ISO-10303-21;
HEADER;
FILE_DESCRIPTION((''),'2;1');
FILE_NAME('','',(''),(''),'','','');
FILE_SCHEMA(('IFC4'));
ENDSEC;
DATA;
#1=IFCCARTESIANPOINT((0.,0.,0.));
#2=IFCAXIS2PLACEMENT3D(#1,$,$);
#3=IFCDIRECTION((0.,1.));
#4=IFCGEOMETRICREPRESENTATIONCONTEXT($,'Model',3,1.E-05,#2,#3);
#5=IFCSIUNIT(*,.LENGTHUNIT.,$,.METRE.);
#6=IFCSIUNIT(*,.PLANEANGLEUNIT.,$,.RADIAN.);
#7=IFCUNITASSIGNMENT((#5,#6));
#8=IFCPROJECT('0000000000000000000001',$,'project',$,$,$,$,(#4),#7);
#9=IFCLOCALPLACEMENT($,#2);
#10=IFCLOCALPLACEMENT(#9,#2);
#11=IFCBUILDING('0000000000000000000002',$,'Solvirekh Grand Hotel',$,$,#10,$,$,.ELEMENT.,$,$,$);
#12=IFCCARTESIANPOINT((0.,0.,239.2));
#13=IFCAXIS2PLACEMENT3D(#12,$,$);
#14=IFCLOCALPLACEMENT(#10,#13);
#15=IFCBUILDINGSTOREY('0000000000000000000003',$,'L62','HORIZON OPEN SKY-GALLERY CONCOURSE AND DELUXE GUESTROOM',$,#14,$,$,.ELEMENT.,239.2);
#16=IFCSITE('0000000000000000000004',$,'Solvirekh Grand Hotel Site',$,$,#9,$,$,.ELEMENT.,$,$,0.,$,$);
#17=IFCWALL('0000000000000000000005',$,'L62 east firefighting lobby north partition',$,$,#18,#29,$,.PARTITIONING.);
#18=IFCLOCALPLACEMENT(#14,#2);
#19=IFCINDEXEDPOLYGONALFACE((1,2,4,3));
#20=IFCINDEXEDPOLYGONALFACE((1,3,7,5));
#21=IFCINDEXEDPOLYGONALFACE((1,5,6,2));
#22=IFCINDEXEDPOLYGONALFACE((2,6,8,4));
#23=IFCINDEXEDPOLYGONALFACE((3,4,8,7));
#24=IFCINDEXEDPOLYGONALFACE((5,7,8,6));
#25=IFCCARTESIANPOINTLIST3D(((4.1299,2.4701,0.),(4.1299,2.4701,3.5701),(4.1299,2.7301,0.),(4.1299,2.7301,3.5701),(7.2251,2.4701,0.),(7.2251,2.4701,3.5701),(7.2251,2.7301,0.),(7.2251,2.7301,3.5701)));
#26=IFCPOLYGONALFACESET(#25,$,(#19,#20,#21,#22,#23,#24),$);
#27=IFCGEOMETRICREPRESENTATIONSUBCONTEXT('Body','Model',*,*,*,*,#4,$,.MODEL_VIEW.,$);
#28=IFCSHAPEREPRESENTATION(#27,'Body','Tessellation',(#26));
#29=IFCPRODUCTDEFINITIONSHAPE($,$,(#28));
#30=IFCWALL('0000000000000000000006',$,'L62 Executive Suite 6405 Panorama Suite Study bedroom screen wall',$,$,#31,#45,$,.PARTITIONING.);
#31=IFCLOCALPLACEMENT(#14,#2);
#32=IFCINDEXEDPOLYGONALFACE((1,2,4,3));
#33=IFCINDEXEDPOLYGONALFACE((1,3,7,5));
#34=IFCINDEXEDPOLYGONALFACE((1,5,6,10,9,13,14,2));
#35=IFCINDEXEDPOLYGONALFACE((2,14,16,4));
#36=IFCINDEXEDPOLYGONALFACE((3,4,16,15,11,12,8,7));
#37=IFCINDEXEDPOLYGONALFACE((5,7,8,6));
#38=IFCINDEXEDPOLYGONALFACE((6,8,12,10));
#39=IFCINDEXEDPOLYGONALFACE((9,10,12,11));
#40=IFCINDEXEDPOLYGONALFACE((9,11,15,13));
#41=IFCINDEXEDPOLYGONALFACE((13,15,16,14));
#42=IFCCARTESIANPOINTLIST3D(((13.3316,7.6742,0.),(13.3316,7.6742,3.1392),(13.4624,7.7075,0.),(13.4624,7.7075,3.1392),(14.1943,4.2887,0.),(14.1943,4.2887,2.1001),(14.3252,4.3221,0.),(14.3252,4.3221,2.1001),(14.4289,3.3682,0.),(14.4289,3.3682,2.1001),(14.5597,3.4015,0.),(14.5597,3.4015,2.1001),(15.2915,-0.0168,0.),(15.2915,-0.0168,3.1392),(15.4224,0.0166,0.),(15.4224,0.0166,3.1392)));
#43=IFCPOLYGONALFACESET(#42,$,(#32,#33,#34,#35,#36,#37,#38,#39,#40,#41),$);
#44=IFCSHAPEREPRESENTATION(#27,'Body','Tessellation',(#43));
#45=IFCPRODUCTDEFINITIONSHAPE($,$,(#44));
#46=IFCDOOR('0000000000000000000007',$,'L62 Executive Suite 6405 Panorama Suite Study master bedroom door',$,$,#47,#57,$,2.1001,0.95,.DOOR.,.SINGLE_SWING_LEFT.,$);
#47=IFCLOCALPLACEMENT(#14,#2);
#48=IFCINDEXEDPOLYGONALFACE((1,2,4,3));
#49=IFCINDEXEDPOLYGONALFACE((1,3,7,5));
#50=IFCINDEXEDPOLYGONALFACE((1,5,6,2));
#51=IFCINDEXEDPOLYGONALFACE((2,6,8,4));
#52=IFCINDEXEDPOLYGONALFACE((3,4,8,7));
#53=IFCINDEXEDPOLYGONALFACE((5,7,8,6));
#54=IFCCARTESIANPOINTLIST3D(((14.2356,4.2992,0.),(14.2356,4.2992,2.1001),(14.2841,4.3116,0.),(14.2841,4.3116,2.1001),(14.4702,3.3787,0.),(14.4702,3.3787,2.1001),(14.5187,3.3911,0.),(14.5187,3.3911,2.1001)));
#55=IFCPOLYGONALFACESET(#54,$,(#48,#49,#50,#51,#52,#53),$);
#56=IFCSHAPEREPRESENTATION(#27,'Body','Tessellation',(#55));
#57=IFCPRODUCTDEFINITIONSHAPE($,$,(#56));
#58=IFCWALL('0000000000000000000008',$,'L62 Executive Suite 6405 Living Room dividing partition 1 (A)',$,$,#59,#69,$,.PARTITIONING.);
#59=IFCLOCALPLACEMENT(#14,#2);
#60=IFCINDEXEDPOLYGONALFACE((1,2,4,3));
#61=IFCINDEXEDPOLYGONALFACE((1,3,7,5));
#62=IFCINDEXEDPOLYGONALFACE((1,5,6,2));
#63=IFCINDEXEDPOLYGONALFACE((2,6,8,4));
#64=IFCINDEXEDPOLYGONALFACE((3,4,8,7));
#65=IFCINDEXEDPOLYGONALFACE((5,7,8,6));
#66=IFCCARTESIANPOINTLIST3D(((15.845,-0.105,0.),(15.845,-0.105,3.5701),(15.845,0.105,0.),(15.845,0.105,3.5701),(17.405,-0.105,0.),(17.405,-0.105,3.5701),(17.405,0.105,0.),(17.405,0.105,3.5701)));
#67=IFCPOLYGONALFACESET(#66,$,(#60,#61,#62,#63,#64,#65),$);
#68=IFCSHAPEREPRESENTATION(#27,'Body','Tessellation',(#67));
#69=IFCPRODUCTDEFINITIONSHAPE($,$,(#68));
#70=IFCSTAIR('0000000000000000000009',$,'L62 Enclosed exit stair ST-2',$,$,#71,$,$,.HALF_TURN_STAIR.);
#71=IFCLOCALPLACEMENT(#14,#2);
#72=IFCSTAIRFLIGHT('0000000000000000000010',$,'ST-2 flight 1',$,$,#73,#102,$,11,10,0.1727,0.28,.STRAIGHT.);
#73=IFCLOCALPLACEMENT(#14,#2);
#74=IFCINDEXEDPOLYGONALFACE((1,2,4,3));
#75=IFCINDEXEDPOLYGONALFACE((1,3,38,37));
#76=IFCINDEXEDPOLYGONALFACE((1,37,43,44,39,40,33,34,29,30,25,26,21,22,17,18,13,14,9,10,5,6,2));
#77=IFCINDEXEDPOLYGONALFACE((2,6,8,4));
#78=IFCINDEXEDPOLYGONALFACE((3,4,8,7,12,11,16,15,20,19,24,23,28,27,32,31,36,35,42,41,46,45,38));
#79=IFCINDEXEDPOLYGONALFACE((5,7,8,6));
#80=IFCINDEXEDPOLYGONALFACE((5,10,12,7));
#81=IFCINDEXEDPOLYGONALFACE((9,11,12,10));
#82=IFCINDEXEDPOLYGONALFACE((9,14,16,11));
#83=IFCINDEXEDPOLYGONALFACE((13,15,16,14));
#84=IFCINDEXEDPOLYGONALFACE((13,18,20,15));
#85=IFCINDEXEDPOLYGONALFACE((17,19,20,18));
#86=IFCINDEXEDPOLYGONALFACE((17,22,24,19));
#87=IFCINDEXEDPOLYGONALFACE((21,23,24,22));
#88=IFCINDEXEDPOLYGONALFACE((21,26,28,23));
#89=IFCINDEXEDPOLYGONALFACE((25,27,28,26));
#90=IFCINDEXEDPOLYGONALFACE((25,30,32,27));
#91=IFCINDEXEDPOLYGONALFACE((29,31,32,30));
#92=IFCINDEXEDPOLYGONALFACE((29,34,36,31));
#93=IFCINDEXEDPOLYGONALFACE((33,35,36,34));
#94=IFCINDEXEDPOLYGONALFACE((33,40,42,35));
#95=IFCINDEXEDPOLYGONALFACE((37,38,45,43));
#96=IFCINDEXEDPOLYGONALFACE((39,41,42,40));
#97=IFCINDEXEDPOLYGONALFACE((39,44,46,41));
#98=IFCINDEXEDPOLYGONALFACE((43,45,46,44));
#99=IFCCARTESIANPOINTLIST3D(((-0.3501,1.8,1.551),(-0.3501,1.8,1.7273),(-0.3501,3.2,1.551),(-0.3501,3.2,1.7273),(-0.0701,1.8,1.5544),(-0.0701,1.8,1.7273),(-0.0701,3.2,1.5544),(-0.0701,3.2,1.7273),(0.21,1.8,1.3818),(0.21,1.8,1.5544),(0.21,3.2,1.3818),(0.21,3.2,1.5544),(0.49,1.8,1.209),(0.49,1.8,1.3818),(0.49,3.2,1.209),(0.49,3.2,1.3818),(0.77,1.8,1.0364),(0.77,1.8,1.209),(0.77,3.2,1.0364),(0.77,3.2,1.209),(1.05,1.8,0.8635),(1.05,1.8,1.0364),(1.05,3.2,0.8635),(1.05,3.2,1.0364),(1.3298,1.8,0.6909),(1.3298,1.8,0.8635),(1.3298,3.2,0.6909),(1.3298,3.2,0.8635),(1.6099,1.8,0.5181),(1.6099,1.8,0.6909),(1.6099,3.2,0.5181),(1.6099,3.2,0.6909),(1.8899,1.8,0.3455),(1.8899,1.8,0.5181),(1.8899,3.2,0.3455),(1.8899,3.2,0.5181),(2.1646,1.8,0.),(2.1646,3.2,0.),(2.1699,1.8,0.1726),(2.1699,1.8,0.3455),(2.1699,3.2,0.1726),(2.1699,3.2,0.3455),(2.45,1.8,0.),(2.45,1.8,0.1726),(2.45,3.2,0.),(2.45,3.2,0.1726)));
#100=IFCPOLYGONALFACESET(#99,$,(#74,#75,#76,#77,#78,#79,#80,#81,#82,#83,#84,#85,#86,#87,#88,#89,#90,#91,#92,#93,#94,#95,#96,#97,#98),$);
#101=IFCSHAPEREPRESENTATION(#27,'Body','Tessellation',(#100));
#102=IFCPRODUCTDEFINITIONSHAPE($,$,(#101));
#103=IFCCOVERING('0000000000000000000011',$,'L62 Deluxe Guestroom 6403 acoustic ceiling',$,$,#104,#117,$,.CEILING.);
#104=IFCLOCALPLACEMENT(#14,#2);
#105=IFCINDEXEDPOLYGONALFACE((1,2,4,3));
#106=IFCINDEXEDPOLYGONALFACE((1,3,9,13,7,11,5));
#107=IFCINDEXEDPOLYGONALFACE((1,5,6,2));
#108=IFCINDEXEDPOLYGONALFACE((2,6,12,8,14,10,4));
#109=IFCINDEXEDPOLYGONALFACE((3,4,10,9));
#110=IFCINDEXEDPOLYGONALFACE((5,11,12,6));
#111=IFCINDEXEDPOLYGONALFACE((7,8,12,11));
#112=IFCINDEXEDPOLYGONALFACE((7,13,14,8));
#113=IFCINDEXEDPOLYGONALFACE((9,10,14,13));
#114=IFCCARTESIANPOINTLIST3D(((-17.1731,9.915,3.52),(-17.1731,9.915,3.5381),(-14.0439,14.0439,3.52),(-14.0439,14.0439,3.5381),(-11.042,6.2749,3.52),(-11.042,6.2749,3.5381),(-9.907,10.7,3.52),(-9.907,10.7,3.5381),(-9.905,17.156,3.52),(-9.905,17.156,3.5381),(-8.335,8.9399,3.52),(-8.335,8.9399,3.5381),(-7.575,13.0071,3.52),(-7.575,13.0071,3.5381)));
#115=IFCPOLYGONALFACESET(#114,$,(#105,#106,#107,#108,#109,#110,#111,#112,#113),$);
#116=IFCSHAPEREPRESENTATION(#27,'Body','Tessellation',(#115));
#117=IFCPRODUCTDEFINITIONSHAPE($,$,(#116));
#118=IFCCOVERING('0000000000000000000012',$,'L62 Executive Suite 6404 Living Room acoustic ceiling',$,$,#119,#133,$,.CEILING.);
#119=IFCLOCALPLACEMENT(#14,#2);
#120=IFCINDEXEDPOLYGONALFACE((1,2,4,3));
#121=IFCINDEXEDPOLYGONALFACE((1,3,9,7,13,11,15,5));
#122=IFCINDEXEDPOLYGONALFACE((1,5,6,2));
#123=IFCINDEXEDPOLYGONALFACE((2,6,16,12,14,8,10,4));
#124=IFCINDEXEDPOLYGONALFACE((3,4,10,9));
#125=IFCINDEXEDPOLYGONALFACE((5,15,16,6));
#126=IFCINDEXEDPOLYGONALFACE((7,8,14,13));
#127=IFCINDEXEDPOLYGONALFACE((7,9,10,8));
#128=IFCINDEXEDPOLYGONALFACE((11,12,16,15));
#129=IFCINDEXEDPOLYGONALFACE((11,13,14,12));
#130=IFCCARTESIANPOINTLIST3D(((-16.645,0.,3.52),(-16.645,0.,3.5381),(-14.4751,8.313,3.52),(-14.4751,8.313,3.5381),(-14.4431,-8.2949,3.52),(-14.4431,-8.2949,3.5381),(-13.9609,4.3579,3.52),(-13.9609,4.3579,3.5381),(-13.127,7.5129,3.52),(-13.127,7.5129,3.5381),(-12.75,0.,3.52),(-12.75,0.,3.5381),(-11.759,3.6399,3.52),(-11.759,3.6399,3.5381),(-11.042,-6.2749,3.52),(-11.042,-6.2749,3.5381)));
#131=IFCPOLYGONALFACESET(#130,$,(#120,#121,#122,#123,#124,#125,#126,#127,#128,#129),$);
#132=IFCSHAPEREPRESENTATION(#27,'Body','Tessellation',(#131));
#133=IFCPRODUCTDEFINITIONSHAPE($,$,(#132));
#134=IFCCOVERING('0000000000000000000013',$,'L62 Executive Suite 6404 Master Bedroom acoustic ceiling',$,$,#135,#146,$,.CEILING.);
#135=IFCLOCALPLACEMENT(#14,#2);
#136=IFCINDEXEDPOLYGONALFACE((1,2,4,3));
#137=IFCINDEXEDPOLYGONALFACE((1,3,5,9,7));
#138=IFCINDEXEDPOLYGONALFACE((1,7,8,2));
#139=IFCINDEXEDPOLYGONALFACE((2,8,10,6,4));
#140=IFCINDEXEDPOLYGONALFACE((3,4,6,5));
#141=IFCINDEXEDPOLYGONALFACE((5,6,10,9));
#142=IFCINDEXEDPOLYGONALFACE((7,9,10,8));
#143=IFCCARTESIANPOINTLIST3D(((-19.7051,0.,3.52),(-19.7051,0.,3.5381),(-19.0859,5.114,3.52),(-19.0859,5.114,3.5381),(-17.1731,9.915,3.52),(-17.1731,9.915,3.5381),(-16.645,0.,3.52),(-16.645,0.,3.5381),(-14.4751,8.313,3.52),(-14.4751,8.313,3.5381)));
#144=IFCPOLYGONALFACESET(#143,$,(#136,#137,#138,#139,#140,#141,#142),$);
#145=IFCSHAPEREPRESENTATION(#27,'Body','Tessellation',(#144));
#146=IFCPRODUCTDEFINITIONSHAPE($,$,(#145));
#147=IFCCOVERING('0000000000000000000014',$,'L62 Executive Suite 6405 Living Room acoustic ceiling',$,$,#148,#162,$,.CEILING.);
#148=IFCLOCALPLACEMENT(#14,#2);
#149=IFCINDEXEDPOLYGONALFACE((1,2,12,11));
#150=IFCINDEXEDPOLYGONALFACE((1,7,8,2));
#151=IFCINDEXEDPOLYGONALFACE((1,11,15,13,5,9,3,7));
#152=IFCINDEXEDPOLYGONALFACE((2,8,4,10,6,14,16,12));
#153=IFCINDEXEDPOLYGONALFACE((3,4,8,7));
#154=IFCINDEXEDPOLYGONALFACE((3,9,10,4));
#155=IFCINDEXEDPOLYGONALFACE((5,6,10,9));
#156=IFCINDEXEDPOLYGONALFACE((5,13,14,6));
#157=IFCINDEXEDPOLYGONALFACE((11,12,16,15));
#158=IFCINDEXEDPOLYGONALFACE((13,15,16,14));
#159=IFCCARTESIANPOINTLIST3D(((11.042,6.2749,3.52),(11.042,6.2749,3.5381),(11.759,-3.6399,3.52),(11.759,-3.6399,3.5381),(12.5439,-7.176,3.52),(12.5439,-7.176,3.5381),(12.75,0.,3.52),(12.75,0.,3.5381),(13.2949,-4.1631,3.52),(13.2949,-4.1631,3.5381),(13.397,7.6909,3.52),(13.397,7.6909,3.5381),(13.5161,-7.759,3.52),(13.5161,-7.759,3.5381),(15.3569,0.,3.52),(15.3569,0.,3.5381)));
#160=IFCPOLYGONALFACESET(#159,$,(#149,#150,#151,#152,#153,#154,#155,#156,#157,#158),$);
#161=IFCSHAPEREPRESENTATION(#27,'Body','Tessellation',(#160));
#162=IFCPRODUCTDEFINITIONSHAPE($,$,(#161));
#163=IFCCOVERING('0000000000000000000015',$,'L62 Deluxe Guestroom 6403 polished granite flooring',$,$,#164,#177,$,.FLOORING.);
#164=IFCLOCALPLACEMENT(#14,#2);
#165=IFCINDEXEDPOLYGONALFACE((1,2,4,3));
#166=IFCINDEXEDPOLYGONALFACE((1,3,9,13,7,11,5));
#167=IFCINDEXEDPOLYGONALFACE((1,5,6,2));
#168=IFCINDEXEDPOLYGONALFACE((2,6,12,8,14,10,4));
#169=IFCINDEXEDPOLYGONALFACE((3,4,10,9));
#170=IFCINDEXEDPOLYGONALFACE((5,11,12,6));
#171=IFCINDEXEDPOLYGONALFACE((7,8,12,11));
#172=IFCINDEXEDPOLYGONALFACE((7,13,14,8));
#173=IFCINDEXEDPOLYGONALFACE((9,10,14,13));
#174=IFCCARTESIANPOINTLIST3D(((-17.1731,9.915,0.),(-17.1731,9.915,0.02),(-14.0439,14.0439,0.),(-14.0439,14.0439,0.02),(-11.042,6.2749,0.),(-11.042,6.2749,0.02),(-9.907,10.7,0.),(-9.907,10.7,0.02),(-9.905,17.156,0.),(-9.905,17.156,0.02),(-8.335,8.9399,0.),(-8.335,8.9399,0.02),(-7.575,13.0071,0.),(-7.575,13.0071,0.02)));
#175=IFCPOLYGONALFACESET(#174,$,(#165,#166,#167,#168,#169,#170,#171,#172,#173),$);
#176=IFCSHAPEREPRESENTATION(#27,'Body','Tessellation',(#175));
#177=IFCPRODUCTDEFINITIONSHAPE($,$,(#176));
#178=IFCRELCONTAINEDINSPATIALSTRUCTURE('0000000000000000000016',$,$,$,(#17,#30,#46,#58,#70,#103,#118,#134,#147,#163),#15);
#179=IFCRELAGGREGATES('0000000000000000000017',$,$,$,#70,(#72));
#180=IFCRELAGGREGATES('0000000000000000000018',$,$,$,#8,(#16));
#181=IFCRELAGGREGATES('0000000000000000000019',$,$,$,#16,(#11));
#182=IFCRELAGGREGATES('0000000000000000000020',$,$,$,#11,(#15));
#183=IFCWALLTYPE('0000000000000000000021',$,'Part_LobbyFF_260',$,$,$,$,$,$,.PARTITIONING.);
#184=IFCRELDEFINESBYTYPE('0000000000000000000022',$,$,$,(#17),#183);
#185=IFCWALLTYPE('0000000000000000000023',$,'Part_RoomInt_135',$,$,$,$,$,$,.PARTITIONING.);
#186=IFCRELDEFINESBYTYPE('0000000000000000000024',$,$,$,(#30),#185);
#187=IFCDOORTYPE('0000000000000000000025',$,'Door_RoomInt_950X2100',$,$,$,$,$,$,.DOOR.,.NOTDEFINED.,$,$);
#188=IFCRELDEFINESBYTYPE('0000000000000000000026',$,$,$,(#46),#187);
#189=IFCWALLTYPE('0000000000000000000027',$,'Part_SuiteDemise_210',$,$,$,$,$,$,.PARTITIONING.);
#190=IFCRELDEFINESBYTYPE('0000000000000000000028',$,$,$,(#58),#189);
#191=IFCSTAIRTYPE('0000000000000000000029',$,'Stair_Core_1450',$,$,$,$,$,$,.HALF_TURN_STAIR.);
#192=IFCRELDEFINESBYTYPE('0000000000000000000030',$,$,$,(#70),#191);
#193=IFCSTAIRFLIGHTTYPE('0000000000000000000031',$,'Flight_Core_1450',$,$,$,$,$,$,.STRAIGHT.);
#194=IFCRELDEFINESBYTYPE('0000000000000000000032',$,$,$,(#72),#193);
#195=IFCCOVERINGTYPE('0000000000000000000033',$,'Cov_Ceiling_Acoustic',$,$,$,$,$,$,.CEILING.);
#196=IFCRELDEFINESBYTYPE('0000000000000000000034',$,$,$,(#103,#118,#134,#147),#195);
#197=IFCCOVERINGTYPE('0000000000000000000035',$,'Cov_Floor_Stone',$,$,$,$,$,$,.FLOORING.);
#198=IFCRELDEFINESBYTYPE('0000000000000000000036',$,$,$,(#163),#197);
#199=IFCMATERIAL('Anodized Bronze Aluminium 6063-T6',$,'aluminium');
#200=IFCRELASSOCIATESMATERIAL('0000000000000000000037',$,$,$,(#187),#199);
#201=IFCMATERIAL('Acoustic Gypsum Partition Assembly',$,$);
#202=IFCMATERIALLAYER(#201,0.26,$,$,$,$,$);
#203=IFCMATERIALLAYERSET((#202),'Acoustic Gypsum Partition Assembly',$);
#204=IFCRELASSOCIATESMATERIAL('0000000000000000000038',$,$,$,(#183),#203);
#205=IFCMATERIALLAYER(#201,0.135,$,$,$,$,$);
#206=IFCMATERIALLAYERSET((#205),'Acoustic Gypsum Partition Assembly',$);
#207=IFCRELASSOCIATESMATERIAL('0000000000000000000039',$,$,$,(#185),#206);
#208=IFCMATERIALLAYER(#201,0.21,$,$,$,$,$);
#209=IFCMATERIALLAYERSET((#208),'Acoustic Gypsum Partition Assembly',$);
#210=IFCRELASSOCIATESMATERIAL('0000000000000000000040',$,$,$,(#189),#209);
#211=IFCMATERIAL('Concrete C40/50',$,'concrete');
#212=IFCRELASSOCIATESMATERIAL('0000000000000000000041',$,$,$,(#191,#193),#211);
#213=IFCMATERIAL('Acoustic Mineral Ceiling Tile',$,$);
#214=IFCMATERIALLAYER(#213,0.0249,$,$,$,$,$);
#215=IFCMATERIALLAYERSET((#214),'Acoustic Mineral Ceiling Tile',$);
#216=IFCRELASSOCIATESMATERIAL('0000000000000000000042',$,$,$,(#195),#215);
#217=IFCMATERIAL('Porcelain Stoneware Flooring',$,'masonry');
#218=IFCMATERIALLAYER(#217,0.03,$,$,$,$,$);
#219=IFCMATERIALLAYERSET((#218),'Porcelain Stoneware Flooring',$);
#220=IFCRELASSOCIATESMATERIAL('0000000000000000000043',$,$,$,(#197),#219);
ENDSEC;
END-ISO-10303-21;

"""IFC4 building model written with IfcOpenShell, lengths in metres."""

from ifc_helpers import new_model, si_unit, direction, frame, frame_2d, origin, place, context, subcontext, project, spatial, polyline, rectangle, outline, extrude, material, layer, layer_set, type_object, element, fill, aggregate, save


model = new_model("IFC4")

# Units and contexts
model_context = context("Model", 3, precision=1e-05, world=origin(), true_north=direction((0.0, 1.0)))
body_context = subcontext(model_context, "Body", "Model", "MODEL_VIEW")
ifc_project = project(units=[si_unit("LENGTHUNIT", "METRE"), si_unit("PLANEANGLEUNIT", "RADIAN")], contexts=[model_context])

# Site, building, storey
site_placement = place(None, origin())
site = spatial("IfcSite", under=ifc_project, at=site_placement, Name="Solvirekh Grand Hotel Site", CompositionType="ELEMENT", RefElevation=0.0)
building_placement = place(site_placement, origin())
building = spatial("IfcBuilding", under=site, at=building_placement, Name="Solvirekh Grand Hotel", CompositionType="ELEMENT")
storey_placement = place(building_placement, frame((0.0, 0.0, 239.2)))
storey = spatial("IfcBuildingStorey", under=building, at=storey_placement, Name="L62", Description="HORIZON OPEN SKY-GALLERY CONCOURSE AND DELUXE GUESTROOM", CompositionType="ELEMENT", Elevation=239.2)

# Shared definitions
ifc_material_1 = material(Name="Concrete C40/50", Category="concrete")

# Shared definitions
ifc_material_2 = material(Name="Anodized Bronze Aluminium 6063-T6", Category="aluminium")
ifc_material_3 = material(Name="Acoustic Gypsum Partition Assembly")
door_type_1 = type_object("IfcDoorType", Name="Door_RoomInt_950X2100", OperationType="NOTDEFINED", PredefinedType="DOOR", material=ifc_material_2)

# Wall
ifc_layer_1 = layer(ifc_material_3, 0.26)
ifc_layer_set_1 = layer_set([ifc_layer_1], Name="Acoustic Gypsum Partition Assembly")
wall_type_1 = type_object("IfcWallType", Name="Part_LobbyFF_260", PredefinedType="PARTITIONING", material=ifc_layer_set_1)
wall_1_placement = place(storey_placement, frame((4.1299, 2.6001, 0.0), z_axis=(0.0, 0.0, 1.0), x_axis=(1.0, 0.0, 0.0)))
element("IfcWall", 1, at=wall_1_placement, inside=storey, type_object=wall_type_1, Name="L62 east firefighting lobby north partition", PredefinedType="PARTITIONING", context=body_context, shape_type="SweptSolid", body=[
    extrude(rectangle(XDim=3.0952, YDim=0.26, at=frame_2d((1.5476, 0.0))), origin(), (0.0, 0.0, 1.0), 3.5701),
])

# Wall, opening, door
ifc_layer_2 = layer(ifc_material_3, 0.135)
ifc_layer_set_2 = layer_set([ifc_layer_2], Name="Acoustic Gypsum Partition Assembly")
wall_type_2 = type_object("IfcWallType", Name="Part_RoomInt_135", PredefinedType="PARTITIONING", material=ifc_layer_set_2)
wall_2_placement = place(storey_placement, frame((15.3569, 0.0, 0.0), z_axis=(0.0, 0.0, 1.0), x_axis=(-0.246948, 0.969029, 0.0)))
wall_2 = element("IfcWall", 2, at=wall_2_placement, inside=storey, type_object=wall_type_2, Name="L62 Executive Suite 6405 Panorama Suite Study bedroom screen wall", PredefinedType="PARTITIONING", context=body_context, shape_type="SweptSolid", body=[
    extrude(rectangle(XDim=7.9368, YDim=0.135, at=frame_2d((3.9683, 0.0))), origin(), (0.0, 0.0, 1.0), 3.1392),
])
opening_1_placement = place(wall_2_placement, frame((3.4929, 0.0, 0.0)))
opening_1 = element("IfcOpeningElement", 3, at=opening_1_placement, cuts=wall_2, PredefinedType="OPENING", context=body_context, shape_type="SweptSolid", body=[
    extrude(rectangle(XDim=0.95, YDim=2.1001, at=frame_2d((0.4751, 1.05))), frame((0.0, 0.0776, 0.0), z_axis=(0.0, -1.0, 0.0), x_axis=(1.0, 0.0, 0.0)), (0.0, 0.0, 1.0), 0.155),
])
door_1_placement = place(opening_1_placement, origin())
door_1 = element("IfcDoor", 4, at=door_1_placement, inside=storey, type_object=door_type_1, Name="L62 Executive Suite 6405 Panorama Suite Study master bedroom door", OperationType="SINGLE_SWING_LEFT", OverallHeight=2.1001, OverallWidth=0.95, PredefinedType="DOOR", context=body_context, shape_type="SweptSolid", body=[
    extrude(rectangle(XDim=0.95, YDim=2.1001, at=frame_2d((0.4751, 1.05))), frame((0.0, 0.0249, 0.0), z_axis=(0.0, -1.0, 0.0), x_axis=(1.0, 0.0, 0.0)), (0.0, 0.0, 1.0), 0.05),
])
fill(opening_1, door_1)

# Wall
ifc_layer_3 = layer(ifc_material_3, 0.21)
ifc_layer_set_3 = layer_set([ifc_layer_3], Name="Acoustic Gypsum Partition Assembly")
wall_type_3 = type_object("IfcWallType", Name="Part_SuiteDemise_210", PredefinedType="PARTITIONING", material=ifc_layer_set_3)
wall_3_placement = place(storey_placement, frame((15.845, 0.0, 0.0), z_axis=(0.0, 0.0, 1.0), x_axis=(1.0, 0.0, 0.0)))
element("IfcWall", 5, at=wall_3_placement, inside=storey, type_object=wall_type_3, Name="L62 Executive Suite 6405 Living Room dividing partition 1 (A)", PredefinedType="PARTITIONING", context=body_context, shape_type="SweptSolid", body=[
    extrude(rectangle(XDim=1.5601, YDim=0.21, at=frame_2d((0.78, 0.0))), origin(), (0.0, 0.0, 1.0), 3.5701),
])

# Stair, stair flight
stair_type = type_object("IfcStairType", Name="Stair_Core_1450", PredefinedType="HALF_TURN_STAIR", material=ifc_material_1)
stair_placement = place(storey_placement, origin())
stair = element("IfcStair", 6, at=stair_placement, inside=storey, type_object=stair_type, Name="L62 Enclosed exit stair ST-2", PredefinedType="HALF_TURN_STAIR")
stair_flight_type = type_object("IfcStairFlightType", Name="Flight_Core_1450", PredefinedType="STRAIGHT", material=ifc_material_1)
stair_flight_placement = place(storey_placement, frame((2.45, 2.5, 0.0), z_axis=(0.0, 0.0, 1.0), x_axis=(-1.0, 0.0, 0.0)))
stair_flight = element("IfcStairFlight", 7, at=stair_flight_placement, type_object=stair_flight_type, Name="ST-2 flight 1", NumberOfRisers=11, NumberOfTreads=10, PredefinedType="STRAIGHT", RiserHeight=0.1727, TreadLength=0.28, context=body_context, shape_type="SweptSolid", body=[
    extrude(outline(polyline([(0.0, 0.0), (0.0, 0.1726), (0.28, 0.1726), (0.28, 0.3455), (0.5601, 0.3455), (0.5601, 0.5181), (0.8401, 0.5181), (0.8401, 0.6909), (1.1201, 0.6909), (1.1201, 0.8635), (1.3999, 0.8635), (1.3999, 1.0364), (1.6799, 1.0364), (1.6799, 1.209), (1.96, 1.209), (1.96, 1.3818), (2.24, 1.3818), (2.24, 1.5544), (2.52, 1.5544), (2.52, 1.7273), (2.8, 1.7273), (2.8, 1.8999), (2.8, 1.551), (0.2854, 0.0), (0.0, 0.0)])), frame((0.0, 0.7, 0.0), z_axis=(0.0, -1.0, 0.0), x_axis=(1.0, 0.0, 0.0)), (0.0, 0.0, 1.0), 1.3999),
])
aggregate(stair, [stair_flight])

# Coverings
ifc_material_4 = material(Name="Acoustic Mineral Ceiling Tile")
ifc_layer_4 = layer(ifc_material_4, 0.0249)
ifc_layer_set_4 = layer_set([ifc_layer_4], Name="Acoustic Mineral Ceiling Tile")
covering_type_1 = type_object("IfcCoveringType", Name="Cov_Ceiling_Acoustic", PredefinedType="CEILING", material=ifc_layer_set_4)
covering_1_placement = place(storey_placement, frame((0.0, 0.0, 3.52)))
element("IfcCovering", 8, at=covering_1_placement, inside=storey, type_object=covering_type_1, Name="L62 Deluxe Guestroom 6403 acoustic ceiling", PredefinedType="CEILING", context=body_context, shape_type="SweptSolid", body=[
    extrude(outline(polyline([(-9.907, 10.7), (-7.575, 13.0071), (-9.905, 17.156), (-14.0439, 14.0439), (-17.1731, 9.915), (-11.042, 6.2749), (-8.335, 8.9399), (-9.907, 10.7)])), origin(), (0.0, 0.0, 1.0), 0.0181),
])
covering_2_placement = place(storey_placement, frame((0.0, 0.0, 3.52)))
element("IfcCovering", 9, at=covering_2_placement, inside=storey, type_object=covering_type_1, Name="L62 Executive Suite 6404 Living Room acoustic ceiling", PredefinedType="CEILING", context=body_context, shape_type="SweptSolid", body=[
    extrude(outline(polyline([(-13.9609, 4.3579), (-13.127, 7.5129), (-14.4751, 8.313), (-16.645, 0.0), (-14.4431, -8.2949), (-11.042, -6.2749), (-12.75, 0.0), (-11.759, 3.6399), (-13.9609, 4.3579)])), origin(), (0.0, 0.0, 1.0), 0.0181),
])
covering_3_placement = place(storey_placement, frame((0.0, 0.0, 3.52)))
element("IfcCovering", 10, at=covering_3_placement, inside=storey, type_object=covering_type_1, Name="L62 Executive Suite 6404 Master Bedroom acoustic ceiling", PredefinedType="CEILING", context=body_context, shape_type="SweptSolid", body=[
    extrude(outline(polyline([(-17.1731, 9.915), (-19.0859, 5.114), (-19.7051, 0.0), (-16.645, 0.0), (-14.4751, 8.313), (-17.1731, 9.915)])), origin(), (0.0, 0.0, 1.0), 0.0181),
])
covering_4_placement = place(storey_placement, frame((0.0, 0.0, 3.52)))
element("IfcCovering", 11, at=covering_4_placement, inside=storey, type_object=covering_type_1, Name="L62 Executive Suite 6405 Living Room acoustic ceiling", PredefinedType="CEILING", context=body_context, shape_type="SweptSolid", body=[
    extrude(outline(polyline([(13.2949, -4.1631), (12.5439, -7.176), (13.5161, -7.759), (15.3569, 0.0), (13.397, 7.6909), (11.042, 6.2749), (12.75, 0.0), (11.759, -3.6399), (13.2949, -4.1631)])), origin(), (0.0, 0.0, 1.0), 0.0181),
])
ifc_material_5 = material(Name="Porcelain Stoneware Flooring", Category="masonry")
ifc_layer_5 = layer(ifc_material_5, 0.03)
ifc_layer_set_5 = layer_set([ifc_layer_5], Name="Porcelain Stoneware Flooring")
covering_type_2 = type_object("IfcCoveringType", Name="Cov_Floor_Stone", PredefinedType="FLOORING", material=ifc_layer_set_5)
covering_5_placement = place(storey_placement, origin())
element("IfcCovering", 12, at=covering_5_placement, inside=storey, type_object=covering_type_2, Name="L62 Deluxe Guestroom 6403 polished granite flooring", PredefinedType="FLOORING", context=body_context, shape_type="SweptSolid", body=[
    extrude(outline(polyline([(-9.907, 10.7), (-7.575, 13.0071), (-9.905, 17.156), (-14.0439, 14.0439), (-17.1731, 9.915), (-11.042, 6.2749), (-8.335, 8.9399), (-9.907, 10.7)])), origin(), (0.0, 0.0, 1.0), 0.02),
])

save(model, "model.ifc")
